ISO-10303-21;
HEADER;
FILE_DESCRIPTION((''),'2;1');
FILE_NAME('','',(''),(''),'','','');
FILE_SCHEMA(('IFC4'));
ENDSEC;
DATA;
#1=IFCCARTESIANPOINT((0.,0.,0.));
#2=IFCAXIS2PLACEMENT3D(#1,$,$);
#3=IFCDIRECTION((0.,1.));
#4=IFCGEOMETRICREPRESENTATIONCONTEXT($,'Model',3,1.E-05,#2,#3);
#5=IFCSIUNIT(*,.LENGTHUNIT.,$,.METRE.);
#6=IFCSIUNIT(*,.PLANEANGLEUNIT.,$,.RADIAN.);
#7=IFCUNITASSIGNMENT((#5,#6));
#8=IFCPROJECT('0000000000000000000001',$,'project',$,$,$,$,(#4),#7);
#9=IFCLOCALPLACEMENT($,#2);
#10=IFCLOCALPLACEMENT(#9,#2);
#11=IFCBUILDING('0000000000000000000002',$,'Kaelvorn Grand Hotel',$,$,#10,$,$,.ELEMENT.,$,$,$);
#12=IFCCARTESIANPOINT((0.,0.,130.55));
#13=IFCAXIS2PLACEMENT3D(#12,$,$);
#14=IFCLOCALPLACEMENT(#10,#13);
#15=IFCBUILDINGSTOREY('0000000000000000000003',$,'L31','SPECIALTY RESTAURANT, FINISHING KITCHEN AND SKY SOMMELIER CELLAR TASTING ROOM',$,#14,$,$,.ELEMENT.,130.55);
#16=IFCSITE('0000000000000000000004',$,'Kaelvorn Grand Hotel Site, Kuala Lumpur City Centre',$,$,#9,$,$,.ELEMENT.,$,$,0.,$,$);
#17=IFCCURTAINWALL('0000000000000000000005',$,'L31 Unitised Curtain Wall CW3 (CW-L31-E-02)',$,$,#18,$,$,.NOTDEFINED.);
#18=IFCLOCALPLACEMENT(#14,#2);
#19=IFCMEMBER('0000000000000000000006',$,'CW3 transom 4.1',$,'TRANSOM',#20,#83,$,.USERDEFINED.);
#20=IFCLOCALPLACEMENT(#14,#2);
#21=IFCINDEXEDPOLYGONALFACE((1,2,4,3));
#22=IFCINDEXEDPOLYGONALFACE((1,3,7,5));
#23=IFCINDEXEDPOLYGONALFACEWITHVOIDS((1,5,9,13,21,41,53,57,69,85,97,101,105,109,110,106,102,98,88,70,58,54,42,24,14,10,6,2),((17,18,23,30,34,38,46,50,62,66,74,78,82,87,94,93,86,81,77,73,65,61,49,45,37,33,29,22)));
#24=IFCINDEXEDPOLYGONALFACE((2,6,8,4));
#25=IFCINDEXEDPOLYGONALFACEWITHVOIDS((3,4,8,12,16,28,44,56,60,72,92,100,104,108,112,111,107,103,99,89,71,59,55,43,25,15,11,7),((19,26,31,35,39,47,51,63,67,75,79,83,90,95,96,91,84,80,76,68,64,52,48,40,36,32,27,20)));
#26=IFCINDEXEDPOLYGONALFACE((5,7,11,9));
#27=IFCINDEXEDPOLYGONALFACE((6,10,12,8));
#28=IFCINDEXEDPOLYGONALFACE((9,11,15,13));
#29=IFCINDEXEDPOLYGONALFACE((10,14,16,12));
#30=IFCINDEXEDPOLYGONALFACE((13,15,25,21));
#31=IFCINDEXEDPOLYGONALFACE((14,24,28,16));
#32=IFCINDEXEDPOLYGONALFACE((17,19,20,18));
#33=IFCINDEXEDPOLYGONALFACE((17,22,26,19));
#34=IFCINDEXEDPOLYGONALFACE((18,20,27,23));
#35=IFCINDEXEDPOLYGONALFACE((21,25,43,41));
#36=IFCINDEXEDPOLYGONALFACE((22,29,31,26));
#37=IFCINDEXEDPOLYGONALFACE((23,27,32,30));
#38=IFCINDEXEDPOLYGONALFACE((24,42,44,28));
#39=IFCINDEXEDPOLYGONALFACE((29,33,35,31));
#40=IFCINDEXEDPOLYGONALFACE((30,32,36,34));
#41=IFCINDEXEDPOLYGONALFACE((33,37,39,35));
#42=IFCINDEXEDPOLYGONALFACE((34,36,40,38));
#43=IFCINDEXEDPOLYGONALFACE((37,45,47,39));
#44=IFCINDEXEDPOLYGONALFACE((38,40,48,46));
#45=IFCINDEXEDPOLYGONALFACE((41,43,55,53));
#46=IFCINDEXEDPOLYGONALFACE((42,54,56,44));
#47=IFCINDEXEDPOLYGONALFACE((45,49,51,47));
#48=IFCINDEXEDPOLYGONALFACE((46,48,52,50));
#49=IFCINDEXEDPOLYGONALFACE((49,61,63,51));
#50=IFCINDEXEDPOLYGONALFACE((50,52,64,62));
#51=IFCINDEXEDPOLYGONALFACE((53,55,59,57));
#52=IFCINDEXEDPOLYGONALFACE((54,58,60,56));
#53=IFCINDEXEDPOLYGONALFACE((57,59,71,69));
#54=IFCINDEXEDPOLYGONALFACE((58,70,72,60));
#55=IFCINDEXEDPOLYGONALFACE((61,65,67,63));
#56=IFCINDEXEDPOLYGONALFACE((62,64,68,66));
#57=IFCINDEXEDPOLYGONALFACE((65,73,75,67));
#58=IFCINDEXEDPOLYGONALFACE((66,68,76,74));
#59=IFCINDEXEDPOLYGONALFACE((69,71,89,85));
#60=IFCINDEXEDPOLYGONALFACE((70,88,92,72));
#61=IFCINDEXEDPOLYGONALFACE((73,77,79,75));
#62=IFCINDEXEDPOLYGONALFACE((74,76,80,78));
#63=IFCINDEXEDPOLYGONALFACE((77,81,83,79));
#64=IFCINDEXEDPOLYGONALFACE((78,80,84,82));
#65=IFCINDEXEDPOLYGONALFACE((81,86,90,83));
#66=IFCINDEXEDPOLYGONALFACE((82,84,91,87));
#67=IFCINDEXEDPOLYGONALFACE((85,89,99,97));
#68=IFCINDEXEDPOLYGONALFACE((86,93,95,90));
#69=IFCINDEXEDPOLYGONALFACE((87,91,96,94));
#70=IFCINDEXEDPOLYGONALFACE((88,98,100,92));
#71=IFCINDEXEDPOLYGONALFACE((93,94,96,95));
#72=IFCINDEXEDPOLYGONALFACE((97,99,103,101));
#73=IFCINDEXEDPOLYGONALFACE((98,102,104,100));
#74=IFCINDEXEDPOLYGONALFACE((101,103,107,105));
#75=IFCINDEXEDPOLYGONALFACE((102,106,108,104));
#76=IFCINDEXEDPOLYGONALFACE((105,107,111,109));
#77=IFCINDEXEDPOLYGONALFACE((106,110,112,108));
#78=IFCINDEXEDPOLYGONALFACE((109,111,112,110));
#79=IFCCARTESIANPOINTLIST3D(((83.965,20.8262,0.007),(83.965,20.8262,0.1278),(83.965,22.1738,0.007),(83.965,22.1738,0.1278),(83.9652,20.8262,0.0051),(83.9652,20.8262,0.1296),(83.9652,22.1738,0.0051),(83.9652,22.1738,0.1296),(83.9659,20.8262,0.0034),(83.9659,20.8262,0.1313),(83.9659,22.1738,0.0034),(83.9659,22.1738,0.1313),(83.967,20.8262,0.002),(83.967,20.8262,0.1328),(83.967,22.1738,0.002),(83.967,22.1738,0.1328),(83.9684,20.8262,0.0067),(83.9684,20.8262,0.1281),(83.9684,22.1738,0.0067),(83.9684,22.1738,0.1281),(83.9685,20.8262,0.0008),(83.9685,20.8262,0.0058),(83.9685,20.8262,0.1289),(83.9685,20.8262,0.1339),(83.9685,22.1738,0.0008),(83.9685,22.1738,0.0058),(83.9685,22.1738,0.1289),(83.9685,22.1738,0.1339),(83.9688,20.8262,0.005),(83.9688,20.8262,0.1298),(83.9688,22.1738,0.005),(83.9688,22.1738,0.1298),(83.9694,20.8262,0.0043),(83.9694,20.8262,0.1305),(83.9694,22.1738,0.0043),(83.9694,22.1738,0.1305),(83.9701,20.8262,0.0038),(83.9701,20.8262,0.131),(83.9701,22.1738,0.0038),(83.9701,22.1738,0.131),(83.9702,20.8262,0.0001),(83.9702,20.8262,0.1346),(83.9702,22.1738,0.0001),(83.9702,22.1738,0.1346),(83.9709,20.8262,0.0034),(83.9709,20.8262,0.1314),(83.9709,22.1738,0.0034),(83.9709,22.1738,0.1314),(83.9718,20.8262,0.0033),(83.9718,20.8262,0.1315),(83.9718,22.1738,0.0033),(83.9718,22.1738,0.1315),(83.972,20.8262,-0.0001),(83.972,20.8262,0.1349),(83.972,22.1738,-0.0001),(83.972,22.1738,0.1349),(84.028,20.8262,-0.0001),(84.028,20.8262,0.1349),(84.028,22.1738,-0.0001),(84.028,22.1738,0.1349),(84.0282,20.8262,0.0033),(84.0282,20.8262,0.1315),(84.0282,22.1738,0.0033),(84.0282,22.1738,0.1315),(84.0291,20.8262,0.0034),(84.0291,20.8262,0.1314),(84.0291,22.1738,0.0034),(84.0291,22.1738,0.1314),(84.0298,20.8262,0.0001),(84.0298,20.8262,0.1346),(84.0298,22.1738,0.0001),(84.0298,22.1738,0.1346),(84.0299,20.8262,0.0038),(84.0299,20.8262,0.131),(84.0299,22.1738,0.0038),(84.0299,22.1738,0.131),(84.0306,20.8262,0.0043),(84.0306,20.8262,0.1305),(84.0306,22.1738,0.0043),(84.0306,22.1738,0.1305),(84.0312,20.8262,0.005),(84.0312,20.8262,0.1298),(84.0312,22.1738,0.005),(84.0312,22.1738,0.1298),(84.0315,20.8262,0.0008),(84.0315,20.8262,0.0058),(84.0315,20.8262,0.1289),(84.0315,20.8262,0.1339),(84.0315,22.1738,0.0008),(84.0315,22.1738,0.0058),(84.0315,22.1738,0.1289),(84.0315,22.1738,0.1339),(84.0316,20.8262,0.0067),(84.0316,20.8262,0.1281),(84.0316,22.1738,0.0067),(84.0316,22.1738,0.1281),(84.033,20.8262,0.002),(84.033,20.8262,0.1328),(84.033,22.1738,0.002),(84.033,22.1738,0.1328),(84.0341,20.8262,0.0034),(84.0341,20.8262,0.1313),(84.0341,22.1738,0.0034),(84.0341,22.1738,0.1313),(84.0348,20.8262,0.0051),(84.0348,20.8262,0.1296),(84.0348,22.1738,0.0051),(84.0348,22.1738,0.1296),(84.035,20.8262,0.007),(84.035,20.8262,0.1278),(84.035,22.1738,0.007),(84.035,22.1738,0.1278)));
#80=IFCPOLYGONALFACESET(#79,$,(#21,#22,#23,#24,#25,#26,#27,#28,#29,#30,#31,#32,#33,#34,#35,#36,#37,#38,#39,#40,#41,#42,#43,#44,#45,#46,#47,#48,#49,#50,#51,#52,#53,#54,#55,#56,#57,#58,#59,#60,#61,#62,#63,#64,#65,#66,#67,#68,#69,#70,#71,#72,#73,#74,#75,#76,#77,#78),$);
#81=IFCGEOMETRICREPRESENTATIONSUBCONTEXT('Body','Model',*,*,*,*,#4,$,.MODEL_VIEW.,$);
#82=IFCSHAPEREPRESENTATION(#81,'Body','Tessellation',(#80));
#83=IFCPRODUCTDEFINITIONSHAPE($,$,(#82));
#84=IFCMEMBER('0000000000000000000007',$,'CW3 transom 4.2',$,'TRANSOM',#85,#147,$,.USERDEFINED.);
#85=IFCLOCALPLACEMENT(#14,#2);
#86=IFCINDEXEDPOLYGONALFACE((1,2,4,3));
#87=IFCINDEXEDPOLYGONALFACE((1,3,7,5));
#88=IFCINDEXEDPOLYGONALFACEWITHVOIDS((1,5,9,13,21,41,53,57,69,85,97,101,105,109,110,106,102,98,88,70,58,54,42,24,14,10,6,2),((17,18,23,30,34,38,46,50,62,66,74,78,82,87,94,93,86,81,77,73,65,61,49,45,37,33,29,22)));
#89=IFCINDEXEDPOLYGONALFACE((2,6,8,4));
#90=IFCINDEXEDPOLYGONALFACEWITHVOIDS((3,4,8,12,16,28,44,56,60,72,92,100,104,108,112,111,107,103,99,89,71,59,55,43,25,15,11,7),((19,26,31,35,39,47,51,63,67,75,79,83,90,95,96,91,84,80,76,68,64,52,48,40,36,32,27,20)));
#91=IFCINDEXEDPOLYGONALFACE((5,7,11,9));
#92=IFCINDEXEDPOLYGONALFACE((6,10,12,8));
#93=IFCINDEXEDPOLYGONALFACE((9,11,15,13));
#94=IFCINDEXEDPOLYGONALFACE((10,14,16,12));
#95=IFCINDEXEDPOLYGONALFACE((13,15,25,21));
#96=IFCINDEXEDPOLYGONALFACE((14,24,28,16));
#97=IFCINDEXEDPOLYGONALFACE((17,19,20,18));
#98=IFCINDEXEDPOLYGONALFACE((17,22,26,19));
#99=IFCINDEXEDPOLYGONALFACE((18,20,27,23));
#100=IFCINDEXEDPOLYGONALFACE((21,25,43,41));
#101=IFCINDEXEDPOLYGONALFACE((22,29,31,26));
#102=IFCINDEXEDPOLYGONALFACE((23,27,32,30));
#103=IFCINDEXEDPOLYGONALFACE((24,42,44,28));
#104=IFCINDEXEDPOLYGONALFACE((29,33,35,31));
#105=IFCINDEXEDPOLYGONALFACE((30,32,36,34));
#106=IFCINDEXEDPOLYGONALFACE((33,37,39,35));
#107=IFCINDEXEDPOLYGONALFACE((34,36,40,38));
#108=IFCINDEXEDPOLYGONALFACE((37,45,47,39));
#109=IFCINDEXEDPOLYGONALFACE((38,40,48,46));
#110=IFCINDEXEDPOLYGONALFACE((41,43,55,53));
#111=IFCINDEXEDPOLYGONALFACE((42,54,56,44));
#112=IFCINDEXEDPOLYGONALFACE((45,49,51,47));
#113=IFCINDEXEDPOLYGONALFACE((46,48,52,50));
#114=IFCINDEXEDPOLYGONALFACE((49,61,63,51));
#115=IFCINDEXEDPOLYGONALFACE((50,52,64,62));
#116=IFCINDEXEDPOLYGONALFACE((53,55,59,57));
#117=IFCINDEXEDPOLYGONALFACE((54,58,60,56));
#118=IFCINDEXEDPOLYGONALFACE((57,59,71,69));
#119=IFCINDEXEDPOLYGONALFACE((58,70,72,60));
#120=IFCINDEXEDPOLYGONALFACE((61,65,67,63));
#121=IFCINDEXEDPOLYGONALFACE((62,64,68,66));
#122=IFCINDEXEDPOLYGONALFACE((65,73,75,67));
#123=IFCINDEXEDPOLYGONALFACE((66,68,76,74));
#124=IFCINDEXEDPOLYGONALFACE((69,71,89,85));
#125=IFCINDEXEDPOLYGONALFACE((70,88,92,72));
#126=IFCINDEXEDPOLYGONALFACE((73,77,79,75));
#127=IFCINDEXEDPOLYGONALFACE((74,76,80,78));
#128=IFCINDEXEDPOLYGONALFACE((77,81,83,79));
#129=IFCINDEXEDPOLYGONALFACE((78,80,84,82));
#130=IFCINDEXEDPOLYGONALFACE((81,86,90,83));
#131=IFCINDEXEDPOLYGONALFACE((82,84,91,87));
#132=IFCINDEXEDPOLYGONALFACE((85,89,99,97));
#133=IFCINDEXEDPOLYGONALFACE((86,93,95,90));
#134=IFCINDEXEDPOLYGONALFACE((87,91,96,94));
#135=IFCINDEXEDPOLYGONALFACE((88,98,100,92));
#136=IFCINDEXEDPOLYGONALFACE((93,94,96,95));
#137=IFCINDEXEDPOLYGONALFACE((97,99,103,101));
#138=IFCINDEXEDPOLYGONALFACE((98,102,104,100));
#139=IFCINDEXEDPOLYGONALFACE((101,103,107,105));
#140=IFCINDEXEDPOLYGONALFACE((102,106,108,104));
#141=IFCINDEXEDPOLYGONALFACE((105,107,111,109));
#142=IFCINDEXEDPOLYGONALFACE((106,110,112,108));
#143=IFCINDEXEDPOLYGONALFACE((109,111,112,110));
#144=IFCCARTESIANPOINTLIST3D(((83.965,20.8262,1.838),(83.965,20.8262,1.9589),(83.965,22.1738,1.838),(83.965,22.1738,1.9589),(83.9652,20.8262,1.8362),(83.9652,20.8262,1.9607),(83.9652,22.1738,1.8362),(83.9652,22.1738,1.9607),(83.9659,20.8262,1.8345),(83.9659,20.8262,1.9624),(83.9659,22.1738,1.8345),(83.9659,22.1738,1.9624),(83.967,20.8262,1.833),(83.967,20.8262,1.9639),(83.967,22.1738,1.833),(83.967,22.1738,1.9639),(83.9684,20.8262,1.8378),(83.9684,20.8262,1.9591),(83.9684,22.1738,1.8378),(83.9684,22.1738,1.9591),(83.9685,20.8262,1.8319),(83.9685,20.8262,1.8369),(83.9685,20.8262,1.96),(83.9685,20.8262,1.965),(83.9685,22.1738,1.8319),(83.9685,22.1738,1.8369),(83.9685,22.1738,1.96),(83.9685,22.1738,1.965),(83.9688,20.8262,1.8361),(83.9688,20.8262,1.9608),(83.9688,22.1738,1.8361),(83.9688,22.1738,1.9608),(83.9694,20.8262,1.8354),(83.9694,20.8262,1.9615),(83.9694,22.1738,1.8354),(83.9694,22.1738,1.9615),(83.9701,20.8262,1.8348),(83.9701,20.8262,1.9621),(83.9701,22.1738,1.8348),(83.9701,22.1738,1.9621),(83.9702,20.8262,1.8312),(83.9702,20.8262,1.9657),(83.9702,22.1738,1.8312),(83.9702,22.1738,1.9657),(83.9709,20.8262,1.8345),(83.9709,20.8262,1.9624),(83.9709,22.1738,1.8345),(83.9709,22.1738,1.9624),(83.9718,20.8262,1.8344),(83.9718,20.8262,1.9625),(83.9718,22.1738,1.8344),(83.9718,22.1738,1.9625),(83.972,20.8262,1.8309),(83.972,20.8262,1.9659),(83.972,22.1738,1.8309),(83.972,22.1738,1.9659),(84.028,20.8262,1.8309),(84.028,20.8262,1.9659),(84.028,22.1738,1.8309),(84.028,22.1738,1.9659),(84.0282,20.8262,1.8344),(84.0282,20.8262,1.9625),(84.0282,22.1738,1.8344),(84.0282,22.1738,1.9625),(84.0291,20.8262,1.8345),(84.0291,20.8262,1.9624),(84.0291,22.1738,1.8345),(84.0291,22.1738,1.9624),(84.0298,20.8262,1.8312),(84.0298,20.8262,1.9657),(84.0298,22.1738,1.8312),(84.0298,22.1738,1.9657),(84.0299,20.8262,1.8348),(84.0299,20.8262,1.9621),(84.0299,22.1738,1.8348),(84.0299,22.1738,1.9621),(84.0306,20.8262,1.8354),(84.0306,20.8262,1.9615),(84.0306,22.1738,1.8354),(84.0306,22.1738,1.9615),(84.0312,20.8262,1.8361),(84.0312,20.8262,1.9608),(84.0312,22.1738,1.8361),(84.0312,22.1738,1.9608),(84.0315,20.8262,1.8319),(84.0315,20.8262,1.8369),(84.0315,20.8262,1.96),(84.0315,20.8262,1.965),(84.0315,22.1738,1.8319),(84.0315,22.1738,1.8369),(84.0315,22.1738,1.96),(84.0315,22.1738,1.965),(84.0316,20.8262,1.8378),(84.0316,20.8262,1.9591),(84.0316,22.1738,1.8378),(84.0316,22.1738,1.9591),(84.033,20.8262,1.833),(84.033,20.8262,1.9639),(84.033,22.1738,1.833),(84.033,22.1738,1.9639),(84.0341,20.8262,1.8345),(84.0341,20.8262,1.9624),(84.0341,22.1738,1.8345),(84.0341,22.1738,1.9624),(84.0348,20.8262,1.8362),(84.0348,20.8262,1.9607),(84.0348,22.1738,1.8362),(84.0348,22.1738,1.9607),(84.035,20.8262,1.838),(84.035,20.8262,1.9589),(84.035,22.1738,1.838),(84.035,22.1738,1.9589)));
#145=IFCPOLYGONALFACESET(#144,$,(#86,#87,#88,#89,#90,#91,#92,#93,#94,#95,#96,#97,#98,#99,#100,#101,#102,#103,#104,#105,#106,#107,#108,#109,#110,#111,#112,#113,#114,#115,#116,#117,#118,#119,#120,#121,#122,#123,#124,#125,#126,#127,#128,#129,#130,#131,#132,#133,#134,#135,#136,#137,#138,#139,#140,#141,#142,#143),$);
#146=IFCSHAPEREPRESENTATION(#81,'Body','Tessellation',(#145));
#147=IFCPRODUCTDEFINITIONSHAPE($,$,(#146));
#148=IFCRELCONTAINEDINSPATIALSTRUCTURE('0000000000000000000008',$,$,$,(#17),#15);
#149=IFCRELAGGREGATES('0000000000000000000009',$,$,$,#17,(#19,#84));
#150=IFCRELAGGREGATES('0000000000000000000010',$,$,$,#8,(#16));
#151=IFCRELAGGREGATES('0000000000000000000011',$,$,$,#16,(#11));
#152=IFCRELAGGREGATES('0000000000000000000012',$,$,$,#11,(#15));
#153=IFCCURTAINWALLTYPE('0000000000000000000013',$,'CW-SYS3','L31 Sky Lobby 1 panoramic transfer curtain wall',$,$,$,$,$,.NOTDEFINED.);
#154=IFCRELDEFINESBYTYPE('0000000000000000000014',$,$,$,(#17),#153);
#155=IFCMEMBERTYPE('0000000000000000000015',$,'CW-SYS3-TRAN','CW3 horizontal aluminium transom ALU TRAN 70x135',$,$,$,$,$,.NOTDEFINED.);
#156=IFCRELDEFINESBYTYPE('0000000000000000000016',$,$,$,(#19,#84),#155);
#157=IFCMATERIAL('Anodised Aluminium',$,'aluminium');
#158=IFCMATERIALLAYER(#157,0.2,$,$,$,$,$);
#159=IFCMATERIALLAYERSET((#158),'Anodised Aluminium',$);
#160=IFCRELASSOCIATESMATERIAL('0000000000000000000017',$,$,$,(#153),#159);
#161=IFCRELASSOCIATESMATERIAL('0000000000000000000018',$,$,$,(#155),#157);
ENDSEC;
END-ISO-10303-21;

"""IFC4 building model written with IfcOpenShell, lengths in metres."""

from ifc_helpers import new_model, si_unit, direction, frame, origin, origin_2d, place, context, subcontext, project, spatial, hollow_rectangle, extrude, material, layer, layer_set, material_profile, profile_set, type_object, element, aggregate, save


model = new_model("IFC4")

# Units and contexts
model_context = context("Model", 3, precision=1e-05, world=origin(), true_north=direction((0.0, 1.0)))
body_context = subcontext(model_context, "Body", "Model", "MODEL_VIEW")
ifc_project = project(units=[si_unit("LENGTHUNIT", "METRE"), si_unit("PLANEANGLEUNIT", "RADIAN")], contexts=[model_context])

# Site, building, storey
site_placement = place(None, origin())
site = spatial("IfcSite", under=ifc_project, at=site_placement, Name="Kaelvorn Grand Hotel Site, Kuala Lumpur City Centre", CompositionType="ELEMENT", RefElevation=0.0)
building_placement = place(site_placement, origin())
building = spatial("IfcBuilding", under=site, at=building_placement, Name="Kaelvorn Grand Hotel", CompositionType="ELEMENT")
storey_placement = place(building_placement, frame((0.0, 0.0, 130.55)))
storey = spatial("IfcBuildingStorey", under=building, at=storey_placement, Name="L31", Description="SPECIALTY RESTAURANT, FINISHING KITCHEN AND SKY SOMMELIER CELLAR TASTING ROOM", CompositionType="ELEMENT", Elevation=130.55)

# Curtain wall, members
ifc_material_1 = material(Name="Anodised Aluminium", Category="aluminium")
ifc_layer_1 = layer(ifc_material_1, 0.2)
ifc_layer_set_1 = layer_set([ifc_layer_1], Name="Anodised Aluminium")
curtain_wall_type = type_object("IfcCurtainWallType", Name="CW-SYS3", Description="L31 Sky Lobby 1 panoramic transfer curtain wall", PredefinedType="NOTDEFINED", material=ifc_layer_set_1)
curtain_wall_placement = place(storey_placement, origin())
curtain_wall = element("IfcCurtainWall", 1, at=curtain_wall_placement, inside=storey, type_object=curtain_wall_type, Name="L31 Unitised Curtain Wall CW3 (CW-L31-E-02)", PredefinedType="NOTDEFINED")
ifc_material_profile_1 = material_profile(ifc_material_1, hollow_rectangle(XDim=0.0701, YDim=0.135, WallThickness=0.0034, InnerFilletRadius=0.0034, OuterFilletRadius=0.0071, at=origin_2d()), Name="ALU TRAN 70x135")
ifc_profile_set_1 = profile_set([ifc_material_profile_1], Name="Anodised Aluminium")
member_type_1 = type_object("IfcMemberType", Name="CW-SYS3-TRAN", Description="CW3 horizontal aluminium transom ALU TRAN 70x135", PredefinedType="NOTDEFINED", material=ifc_profile_set_1)
member_1_placement = place(storey_placement, frame((84.0, 20.8262, 0.0674), z_axis=(0.0, 1.0, 0.0), x_axis=(-1.0, 0.0, 0.0)))
member_1 = element("IfcMember", 2, at=member_1_placement, type_object=member_type_1, Name="CW3 transom 4.1", ObjectType="TRANSOM", PredefinedType="USERDEFINED", context=body_context, shape_type="SweptSolid", body=[
    extrude(hollow_rectangle(XDim=0.0701, YDim=0.135, WallThickness=0.0034, InnerFilletRadius=0.0034, OuterFilletRadius=0.0071, at=origin_2d()), origin(), (0.0, 0.0, 1.0), 1.3477),
])
member_2_placement = place(storey_placement, frame((84.0, 20.8262, 1.8984), z_axis=(0.0, 1.0, 0.0), x_axis=(-1.0, 0.0, 0.0)))
member_2 = element("IfcMember", 3, at=member_2_placement, type_object=member_type_1, Name="CW3 transom 4.2", ObjectType="TRANSOM", PredefinedType="USERDEFINED", context=body_context, shape_type="SweptSolid", body=[
    extrude(hollow_rectangle(XDim=0.0701, YDim=0.135, WallThickness=0.0034, InnerFilletRadius=0.0034, OuterFilletRadius=0.0071, at=origin_2d()), origin(), (0.0, 0.0, 1.0), 1.3477),
])
aggregate(curtain_wall, [member_1, member_2])

save(model, "model.ifc")
